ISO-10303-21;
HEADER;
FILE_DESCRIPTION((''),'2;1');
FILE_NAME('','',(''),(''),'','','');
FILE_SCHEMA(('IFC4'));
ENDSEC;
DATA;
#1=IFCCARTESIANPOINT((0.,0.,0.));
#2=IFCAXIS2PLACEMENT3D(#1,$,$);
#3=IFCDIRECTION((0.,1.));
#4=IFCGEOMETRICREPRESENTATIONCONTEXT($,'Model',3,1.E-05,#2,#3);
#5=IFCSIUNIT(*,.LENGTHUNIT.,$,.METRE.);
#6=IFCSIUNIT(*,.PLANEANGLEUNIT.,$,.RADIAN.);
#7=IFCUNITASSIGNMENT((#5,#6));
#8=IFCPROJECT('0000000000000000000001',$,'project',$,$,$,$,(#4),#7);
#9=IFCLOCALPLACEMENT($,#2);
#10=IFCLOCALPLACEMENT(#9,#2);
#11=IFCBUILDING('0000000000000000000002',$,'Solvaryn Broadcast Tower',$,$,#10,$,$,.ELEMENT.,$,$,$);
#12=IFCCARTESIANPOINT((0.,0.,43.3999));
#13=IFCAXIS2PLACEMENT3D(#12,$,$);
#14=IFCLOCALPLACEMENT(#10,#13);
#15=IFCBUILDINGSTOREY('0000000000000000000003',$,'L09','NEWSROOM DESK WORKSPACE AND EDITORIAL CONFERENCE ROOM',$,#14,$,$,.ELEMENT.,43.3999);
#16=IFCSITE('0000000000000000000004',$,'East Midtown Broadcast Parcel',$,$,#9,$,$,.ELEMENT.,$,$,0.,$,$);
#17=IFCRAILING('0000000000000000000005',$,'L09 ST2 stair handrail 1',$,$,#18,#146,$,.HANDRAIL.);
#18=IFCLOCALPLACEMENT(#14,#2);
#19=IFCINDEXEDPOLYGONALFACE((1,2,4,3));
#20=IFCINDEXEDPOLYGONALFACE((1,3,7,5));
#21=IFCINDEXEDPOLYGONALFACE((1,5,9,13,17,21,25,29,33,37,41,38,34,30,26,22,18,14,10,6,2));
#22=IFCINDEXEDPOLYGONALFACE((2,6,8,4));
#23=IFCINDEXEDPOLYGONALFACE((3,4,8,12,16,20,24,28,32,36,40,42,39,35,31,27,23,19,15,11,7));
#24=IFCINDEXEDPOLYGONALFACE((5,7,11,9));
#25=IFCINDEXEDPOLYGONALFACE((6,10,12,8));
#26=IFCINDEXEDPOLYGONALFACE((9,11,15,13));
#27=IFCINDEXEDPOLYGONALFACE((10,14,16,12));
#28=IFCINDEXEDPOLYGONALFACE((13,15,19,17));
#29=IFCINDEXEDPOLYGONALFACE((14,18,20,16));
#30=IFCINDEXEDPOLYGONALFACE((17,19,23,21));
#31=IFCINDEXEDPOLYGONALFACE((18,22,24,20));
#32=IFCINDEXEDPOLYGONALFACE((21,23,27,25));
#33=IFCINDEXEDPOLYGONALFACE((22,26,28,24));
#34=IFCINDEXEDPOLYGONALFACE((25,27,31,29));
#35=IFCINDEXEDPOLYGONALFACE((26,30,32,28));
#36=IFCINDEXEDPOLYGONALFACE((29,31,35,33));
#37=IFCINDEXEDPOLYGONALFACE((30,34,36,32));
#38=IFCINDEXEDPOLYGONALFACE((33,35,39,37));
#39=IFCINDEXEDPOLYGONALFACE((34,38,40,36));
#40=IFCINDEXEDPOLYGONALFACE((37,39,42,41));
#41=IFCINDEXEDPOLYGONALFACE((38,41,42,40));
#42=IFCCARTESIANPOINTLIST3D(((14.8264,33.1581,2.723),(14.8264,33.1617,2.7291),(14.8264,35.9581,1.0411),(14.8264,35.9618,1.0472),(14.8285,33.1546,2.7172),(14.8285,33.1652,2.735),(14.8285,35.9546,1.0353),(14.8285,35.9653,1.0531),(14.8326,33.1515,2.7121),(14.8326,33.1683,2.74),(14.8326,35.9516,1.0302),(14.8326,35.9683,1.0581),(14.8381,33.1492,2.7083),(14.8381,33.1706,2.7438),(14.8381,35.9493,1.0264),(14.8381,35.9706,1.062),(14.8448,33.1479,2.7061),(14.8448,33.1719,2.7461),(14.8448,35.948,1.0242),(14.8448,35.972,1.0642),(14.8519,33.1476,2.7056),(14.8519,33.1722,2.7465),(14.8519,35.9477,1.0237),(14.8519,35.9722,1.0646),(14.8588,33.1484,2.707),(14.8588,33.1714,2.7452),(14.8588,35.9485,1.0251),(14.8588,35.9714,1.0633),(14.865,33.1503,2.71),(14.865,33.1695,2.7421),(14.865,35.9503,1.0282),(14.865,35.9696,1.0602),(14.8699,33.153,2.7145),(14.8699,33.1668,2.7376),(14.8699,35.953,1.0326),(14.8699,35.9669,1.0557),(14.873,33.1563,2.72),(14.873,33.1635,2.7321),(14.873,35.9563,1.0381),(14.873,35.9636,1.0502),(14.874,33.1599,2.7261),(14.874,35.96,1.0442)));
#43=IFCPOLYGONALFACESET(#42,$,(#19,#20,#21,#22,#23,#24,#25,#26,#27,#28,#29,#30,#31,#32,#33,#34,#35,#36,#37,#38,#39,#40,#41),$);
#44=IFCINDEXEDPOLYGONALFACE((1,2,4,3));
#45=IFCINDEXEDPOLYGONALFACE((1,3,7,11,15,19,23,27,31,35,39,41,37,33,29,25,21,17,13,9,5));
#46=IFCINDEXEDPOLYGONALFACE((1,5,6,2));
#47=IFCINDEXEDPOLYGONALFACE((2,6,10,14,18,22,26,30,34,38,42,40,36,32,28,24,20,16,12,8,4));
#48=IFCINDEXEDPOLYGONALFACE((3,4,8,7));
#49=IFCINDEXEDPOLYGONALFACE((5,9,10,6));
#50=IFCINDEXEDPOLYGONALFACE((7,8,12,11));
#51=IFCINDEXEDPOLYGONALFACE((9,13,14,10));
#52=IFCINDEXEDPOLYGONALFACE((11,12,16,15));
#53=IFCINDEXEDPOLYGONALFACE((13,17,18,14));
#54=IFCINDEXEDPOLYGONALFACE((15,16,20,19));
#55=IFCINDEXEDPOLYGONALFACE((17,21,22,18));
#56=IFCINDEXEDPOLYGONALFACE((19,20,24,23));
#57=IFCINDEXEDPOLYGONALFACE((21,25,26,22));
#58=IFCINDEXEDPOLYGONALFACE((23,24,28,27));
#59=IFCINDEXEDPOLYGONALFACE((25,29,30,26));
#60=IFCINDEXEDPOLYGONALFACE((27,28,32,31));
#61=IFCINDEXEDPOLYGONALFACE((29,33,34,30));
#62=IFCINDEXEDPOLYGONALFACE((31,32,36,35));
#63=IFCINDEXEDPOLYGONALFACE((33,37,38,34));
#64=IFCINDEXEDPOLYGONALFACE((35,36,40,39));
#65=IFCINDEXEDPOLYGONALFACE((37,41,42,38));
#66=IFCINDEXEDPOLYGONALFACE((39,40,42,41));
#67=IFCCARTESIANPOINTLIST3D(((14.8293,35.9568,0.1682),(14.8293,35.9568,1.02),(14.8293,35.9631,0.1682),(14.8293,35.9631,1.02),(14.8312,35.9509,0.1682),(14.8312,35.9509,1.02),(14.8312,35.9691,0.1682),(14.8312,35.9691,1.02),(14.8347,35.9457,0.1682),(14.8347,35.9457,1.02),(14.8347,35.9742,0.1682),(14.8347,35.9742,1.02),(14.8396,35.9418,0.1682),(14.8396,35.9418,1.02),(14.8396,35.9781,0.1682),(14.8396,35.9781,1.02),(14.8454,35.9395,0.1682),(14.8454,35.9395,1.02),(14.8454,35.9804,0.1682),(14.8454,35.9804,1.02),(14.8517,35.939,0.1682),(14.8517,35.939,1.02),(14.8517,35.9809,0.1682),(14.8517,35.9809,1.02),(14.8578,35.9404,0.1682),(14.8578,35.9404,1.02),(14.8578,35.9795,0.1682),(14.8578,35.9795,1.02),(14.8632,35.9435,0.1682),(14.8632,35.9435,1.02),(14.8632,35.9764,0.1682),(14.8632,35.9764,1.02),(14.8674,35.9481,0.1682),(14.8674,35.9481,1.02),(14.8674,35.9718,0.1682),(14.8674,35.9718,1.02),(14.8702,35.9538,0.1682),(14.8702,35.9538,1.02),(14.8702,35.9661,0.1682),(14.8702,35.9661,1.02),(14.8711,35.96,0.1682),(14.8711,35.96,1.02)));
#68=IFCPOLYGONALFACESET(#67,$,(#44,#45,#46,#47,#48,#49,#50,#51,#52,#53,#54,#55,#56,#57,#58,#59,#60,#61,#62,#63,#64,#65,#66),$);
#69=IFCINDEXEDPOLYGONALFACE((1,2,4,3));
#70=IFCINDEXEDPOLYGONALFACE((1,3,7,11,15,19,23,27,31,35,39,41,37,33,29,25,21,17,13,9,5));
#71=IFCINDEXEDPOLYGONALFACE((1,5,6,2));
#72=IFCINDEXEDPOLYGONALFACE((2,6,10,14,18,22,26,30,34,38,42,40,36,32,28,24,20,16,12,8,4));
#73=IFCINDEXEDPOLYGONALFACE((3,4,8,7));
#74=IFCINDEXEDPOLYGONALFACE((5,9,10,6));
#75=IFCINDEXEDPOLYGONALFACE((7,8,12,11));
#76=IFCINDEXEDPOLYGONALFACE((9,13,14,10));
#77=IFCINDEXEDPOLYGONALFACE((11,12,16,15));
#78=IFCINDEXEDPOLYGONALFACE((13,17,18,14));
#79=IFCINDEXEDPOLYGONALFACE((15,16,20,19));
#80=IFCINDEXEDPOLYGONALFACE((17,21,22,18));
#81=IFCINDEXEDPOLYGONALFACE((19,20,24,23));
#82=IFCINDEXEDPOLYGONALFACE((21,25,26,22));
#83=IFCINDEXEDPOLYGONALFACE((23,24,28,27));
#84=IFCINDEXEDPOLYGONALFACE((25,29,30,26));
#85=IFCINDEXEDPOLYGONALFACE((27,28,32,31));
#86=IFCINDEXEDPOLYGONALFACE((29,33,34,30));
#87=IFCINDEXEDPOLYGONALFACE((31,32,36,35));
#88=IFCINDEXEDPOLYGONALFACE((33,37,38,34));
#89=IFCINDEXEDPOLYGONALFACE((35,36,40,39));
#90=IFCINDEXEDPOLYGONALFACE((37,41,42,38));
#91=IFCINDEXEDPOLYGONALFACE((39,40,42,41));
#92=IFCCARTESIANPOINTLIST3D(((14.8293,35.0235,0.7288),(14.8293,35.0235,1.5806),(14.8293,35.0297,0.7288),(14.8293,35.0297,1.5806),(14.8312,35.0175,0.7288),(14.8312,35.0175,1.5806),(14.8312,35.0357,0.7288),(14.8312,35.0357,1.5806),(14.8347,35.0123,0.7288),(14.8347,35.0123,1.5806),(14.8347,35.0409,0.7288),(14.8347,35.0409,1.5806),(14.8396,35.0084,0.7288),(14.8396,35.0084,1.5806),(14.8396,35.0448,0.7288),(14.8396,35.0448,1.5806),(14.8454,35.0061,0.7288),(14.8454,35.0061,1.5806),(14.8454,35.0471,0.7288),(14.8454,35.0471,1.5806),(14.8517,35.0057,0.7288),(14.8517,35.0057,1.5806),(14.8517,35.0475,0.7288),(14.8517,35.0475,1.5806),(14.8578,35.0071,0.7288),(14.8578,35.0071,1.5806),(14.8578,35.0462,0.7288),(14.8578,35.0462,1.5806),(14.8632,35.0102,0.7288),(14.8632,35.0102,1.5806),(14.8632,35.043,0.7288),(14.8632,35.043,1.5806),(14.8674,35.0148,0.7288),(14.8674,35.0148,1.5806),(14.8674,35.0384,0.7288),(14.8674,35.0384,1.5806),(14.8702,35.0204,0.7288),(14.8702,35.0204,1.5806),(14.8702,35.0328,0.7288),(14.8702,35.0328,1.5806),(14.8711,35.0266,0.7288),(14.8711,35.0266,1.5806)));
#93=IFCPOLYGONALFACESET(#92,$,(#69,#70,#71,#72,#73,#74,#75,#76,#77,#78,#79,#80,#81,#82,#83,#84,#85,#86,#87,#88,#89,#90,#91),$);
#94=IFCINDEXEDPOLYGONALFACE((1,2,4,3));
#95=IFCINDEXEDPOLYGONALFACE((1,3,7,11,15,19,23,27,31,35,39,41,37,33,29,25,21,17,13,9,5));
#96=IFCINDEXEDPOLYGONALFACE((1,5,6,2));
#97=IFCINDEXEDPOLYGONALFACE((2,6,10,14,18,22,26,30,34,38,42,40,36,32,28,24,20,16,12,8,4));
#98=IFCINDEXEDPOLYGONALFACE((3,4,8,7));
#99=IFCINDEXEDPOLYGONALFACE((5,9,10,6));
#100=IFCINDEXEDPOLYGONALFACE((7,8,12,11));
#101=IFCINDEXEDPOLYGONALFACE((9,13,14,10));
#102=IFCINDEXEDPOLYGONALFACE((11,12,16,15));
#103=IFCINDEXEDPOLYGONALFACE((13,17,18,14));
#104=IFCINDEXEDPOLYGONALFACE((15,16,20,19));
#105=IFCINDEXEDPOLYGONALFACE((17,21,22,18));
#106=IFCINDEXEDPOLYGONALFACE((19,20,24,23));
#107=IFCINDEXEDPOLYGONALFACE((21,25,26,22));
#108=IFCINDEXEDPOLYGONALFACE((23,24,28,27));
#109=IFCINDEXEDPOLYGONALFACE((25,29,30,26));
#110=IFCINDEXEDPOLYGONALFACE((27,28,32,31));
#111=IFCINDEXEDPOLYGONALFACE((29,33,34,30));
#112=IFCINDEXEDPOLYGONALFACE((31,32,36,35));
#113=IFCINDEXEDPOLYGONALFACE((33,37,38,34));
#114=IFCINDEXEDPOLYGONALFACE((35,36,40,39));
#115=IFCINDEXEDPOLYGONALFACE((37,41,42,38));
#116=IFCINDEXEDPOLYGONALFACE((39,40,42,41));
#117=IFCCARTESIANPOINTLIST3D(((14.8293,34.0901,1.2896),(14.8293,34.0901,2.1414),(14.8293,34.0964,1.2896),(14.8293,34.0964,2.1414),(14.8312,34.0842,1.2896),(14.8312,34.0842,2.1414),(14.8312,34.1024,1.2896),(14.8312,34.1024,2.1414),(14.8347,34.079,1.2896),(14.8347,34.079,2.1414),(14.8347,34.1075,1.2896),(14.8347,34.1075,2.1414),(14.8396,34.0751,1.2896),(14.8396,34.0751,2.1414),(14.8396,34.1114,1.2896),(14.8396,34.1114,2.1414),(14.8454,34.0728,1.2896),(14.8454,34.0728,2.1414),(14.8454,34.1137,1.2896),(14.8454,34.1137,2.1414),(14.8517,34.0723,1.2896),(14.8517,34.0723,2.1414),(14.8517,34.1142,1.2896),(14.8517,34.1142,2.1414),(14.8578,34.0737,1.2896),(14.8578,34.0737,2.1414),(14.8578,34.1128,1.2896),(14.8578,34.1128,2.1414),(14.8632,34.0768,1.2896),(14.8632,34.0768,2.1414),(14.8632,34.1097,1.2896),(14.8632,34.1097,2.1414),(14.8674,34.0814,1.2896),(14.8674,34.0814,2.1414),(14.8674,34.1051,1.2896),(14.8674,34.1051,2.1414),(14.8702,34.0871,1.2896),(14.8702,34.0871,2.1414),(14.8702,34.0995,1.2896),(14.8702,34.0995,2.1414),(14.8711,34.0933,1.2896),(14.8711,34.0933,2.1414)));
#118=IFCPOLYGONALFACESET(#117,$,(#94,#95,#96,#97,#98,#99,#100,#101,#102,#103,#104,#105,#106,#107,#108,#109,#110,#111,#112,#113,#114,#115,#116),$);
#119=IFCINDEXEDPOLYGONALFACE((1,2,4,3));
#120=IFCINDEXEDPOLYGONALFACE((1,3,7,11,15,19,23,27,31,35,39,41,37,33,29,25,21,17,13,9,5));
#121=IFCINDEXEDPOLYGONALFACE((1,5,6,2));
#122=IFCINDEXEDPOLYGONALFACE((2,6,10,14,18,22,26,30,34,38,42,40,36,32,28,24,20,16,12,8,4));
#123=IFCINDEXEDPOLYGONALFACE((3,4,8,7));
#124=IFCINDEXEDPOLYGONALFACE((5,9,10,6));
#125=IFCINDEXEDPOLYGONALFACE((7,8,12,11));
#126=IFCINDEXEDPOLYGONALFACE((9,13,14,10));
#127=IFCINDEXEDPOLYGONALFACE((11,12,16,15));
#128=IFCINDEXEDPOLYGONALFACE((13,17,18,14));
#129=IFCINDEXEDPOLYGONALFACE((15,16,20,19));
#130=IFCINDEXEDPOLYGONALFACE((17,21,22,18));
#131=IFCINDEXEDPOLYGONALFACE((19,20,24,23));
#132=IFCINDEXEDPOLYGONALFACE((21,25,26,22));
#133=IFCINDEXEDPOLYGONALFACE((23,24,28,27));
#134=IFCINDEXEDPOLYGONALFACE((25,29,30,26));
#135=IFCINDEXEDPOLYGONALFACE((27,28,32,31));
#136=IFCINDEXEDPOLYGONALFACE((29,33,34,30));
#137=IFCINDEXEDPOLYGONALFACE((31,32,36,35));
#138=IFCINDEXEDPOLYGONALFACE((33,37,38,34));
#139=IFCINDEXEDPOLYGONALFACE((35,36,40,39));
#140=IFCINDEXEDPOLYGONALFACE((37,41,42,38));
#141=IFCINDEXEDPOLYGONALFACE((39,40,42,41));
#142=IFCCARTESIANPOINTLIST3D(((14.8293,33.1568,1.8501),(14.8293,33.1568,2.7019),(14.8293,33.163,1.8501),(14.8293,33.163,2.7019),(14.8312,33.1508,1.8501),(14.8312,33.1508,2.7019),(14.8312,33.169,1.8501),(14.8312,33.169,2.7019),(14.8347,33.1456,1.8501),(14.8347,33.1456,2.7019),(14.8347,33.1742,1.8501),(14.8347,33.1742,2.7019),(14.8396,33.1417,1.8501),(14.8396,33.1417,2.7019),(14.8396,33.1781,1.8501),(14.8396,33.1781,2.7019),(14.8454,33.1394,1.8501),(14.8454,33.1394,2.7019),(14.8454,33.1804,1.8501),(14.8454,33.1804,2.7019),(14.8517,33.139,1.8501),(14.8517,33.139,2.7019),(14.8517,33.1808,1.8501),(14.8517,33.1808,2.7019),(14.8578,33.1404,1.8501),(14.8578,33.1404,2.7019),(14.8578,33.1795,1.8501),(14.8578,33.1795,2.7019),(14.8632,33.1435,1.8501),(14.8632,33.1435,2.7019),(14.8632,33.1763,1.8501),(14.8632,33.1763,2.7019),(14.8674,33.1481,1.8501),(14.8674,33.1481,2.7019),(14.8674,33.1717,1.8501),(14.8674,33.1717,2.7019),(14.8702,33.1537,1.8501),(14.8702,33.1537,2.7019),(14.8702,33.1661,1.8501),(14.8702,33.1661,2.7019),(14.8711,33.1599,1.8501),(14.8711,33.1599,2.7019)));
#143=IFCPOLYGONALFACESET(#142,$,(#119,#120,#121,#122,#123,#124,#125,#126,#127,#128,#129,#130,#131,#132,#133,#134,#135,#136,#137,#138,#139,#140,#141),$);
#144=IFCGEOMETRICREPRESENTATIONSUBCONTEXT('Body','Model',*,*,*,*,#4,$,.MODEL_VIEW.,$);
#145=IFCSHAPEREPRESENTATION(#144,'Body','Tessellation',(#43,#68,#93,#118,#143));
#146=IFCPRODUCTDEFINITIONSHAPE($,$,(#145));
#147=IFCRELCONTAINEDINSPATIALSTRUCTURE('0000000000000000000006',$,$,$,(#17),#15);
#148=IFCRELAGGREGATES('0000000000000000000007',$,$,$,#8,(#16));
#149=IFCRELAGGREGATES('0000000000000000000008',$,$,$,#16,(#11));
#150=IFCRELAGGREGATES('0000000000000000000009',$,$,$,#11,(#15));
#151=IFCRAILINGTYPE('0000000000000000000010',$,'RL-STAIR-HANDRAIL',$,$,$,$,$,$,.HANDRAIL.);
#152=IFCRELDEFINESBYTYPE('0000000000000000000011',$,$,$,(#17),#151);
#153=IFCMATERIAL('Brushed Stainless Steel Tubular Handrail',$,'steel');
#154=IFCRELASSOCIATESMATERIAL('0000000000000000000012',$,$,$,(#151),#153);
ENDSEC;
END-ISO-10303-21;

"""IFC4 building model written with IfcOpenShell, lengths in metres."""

from ifc_helpers import new_model, si_unit, direction, frame, origin, origin_2d, place, context, subcontext, project, spatial, circle, extrude, material, type_object, element, save


model = new_model("IFC4")

# Units and contexts
model_context = context("Model", 3, precision=1e-05, world=origin(), true_north=direction((0.0, 1.0)))
body_context = subcontext(model_context, "Body", "Model", "MODEL_VIEW")
ifc_project = project(units=[si_unit("LENGTHUNIT", "METRE"), si_unit("PLANEANGLEUNIT", "RADIAN")], contexts=[model_context])

# Site, building, storey
site_placement = place(None, origin())
site = spatial("IfcSite", under=ifc_project, at=site_placement, Name="East Midtown Broadcast Parcel", CompositionType="ELEMENT", RefElevation=0.0)
building_placement = place(site_placement, origin())
building = spatial("IfcBuilding", under=site, at=building_placement, Name="Solvaryn Broadcast Tower", CompositionType="ELEMENT")
storey_placement = place(building_placement, frame((0.0, 0.0, 43.3999)))
storey = spatial("IfcBuildingStorey", under=building, at=storey_placement, Name="L09", Description="NEWSROOM DESK WORKSPACE AND EDITORIAL CONFERENCE ROOM", CompositionType="ELEMENT", Elevation=43.3999)

# Railing
ifc_material_1 = material(Name="Brushed Stainless Steel Tubular Handrail", Category="steel")
railing_type_1 = type_object("IfcRailingType", Name="RL-STAIR-HANDRAIL", PredefinedType="HANDRAIL", material=ifc_material_1)
railing_1_placement = place(storey_placement, frame((14.8501, 35.96, 0.1682)))
element("IfcRailing", 1, at=railing_1_placement, inside=storey, type_object=railing_type_1, Name="L09 ST2 stair handrail 1", PredefinedType="HANDRAIL", context=body_context, shape_type="SweptSolid", body=[
    extrude(circle(Radius=0.0239, at=origin_2d()), frame((0.0, 0.0, 0.876), z_axis=(0.0, -0.857242, 0.514913), x_axis=(1.0, 0.0, 0.0)), (0.0, 0.0, 1.0), 3.2664),
    extrude(circle(Radius=0.021, at=origin_2d()), origin(), (0.0, 0.0, 1.0), 0.8518),
    extrude(circle(Radius=0.021, at=origin_2d()), frame((0.0, -0.9333, 0.5605)), (0.0, 0.0, 1.0), 0.8518),
    extrude(circle(Radius=0.021, at=origin_2d()), frame((0.0, -1.8667, 1.1213)), (0.0, 0.0, 1.0), 0.8518),
    extrude(circle(Radius=0.021, at=origin_2d()), frame((0.0, -2.8, 1.6819)), (0.0, 0.0, 1.0), 0.8518),
])

save(model, "model.ifc")
